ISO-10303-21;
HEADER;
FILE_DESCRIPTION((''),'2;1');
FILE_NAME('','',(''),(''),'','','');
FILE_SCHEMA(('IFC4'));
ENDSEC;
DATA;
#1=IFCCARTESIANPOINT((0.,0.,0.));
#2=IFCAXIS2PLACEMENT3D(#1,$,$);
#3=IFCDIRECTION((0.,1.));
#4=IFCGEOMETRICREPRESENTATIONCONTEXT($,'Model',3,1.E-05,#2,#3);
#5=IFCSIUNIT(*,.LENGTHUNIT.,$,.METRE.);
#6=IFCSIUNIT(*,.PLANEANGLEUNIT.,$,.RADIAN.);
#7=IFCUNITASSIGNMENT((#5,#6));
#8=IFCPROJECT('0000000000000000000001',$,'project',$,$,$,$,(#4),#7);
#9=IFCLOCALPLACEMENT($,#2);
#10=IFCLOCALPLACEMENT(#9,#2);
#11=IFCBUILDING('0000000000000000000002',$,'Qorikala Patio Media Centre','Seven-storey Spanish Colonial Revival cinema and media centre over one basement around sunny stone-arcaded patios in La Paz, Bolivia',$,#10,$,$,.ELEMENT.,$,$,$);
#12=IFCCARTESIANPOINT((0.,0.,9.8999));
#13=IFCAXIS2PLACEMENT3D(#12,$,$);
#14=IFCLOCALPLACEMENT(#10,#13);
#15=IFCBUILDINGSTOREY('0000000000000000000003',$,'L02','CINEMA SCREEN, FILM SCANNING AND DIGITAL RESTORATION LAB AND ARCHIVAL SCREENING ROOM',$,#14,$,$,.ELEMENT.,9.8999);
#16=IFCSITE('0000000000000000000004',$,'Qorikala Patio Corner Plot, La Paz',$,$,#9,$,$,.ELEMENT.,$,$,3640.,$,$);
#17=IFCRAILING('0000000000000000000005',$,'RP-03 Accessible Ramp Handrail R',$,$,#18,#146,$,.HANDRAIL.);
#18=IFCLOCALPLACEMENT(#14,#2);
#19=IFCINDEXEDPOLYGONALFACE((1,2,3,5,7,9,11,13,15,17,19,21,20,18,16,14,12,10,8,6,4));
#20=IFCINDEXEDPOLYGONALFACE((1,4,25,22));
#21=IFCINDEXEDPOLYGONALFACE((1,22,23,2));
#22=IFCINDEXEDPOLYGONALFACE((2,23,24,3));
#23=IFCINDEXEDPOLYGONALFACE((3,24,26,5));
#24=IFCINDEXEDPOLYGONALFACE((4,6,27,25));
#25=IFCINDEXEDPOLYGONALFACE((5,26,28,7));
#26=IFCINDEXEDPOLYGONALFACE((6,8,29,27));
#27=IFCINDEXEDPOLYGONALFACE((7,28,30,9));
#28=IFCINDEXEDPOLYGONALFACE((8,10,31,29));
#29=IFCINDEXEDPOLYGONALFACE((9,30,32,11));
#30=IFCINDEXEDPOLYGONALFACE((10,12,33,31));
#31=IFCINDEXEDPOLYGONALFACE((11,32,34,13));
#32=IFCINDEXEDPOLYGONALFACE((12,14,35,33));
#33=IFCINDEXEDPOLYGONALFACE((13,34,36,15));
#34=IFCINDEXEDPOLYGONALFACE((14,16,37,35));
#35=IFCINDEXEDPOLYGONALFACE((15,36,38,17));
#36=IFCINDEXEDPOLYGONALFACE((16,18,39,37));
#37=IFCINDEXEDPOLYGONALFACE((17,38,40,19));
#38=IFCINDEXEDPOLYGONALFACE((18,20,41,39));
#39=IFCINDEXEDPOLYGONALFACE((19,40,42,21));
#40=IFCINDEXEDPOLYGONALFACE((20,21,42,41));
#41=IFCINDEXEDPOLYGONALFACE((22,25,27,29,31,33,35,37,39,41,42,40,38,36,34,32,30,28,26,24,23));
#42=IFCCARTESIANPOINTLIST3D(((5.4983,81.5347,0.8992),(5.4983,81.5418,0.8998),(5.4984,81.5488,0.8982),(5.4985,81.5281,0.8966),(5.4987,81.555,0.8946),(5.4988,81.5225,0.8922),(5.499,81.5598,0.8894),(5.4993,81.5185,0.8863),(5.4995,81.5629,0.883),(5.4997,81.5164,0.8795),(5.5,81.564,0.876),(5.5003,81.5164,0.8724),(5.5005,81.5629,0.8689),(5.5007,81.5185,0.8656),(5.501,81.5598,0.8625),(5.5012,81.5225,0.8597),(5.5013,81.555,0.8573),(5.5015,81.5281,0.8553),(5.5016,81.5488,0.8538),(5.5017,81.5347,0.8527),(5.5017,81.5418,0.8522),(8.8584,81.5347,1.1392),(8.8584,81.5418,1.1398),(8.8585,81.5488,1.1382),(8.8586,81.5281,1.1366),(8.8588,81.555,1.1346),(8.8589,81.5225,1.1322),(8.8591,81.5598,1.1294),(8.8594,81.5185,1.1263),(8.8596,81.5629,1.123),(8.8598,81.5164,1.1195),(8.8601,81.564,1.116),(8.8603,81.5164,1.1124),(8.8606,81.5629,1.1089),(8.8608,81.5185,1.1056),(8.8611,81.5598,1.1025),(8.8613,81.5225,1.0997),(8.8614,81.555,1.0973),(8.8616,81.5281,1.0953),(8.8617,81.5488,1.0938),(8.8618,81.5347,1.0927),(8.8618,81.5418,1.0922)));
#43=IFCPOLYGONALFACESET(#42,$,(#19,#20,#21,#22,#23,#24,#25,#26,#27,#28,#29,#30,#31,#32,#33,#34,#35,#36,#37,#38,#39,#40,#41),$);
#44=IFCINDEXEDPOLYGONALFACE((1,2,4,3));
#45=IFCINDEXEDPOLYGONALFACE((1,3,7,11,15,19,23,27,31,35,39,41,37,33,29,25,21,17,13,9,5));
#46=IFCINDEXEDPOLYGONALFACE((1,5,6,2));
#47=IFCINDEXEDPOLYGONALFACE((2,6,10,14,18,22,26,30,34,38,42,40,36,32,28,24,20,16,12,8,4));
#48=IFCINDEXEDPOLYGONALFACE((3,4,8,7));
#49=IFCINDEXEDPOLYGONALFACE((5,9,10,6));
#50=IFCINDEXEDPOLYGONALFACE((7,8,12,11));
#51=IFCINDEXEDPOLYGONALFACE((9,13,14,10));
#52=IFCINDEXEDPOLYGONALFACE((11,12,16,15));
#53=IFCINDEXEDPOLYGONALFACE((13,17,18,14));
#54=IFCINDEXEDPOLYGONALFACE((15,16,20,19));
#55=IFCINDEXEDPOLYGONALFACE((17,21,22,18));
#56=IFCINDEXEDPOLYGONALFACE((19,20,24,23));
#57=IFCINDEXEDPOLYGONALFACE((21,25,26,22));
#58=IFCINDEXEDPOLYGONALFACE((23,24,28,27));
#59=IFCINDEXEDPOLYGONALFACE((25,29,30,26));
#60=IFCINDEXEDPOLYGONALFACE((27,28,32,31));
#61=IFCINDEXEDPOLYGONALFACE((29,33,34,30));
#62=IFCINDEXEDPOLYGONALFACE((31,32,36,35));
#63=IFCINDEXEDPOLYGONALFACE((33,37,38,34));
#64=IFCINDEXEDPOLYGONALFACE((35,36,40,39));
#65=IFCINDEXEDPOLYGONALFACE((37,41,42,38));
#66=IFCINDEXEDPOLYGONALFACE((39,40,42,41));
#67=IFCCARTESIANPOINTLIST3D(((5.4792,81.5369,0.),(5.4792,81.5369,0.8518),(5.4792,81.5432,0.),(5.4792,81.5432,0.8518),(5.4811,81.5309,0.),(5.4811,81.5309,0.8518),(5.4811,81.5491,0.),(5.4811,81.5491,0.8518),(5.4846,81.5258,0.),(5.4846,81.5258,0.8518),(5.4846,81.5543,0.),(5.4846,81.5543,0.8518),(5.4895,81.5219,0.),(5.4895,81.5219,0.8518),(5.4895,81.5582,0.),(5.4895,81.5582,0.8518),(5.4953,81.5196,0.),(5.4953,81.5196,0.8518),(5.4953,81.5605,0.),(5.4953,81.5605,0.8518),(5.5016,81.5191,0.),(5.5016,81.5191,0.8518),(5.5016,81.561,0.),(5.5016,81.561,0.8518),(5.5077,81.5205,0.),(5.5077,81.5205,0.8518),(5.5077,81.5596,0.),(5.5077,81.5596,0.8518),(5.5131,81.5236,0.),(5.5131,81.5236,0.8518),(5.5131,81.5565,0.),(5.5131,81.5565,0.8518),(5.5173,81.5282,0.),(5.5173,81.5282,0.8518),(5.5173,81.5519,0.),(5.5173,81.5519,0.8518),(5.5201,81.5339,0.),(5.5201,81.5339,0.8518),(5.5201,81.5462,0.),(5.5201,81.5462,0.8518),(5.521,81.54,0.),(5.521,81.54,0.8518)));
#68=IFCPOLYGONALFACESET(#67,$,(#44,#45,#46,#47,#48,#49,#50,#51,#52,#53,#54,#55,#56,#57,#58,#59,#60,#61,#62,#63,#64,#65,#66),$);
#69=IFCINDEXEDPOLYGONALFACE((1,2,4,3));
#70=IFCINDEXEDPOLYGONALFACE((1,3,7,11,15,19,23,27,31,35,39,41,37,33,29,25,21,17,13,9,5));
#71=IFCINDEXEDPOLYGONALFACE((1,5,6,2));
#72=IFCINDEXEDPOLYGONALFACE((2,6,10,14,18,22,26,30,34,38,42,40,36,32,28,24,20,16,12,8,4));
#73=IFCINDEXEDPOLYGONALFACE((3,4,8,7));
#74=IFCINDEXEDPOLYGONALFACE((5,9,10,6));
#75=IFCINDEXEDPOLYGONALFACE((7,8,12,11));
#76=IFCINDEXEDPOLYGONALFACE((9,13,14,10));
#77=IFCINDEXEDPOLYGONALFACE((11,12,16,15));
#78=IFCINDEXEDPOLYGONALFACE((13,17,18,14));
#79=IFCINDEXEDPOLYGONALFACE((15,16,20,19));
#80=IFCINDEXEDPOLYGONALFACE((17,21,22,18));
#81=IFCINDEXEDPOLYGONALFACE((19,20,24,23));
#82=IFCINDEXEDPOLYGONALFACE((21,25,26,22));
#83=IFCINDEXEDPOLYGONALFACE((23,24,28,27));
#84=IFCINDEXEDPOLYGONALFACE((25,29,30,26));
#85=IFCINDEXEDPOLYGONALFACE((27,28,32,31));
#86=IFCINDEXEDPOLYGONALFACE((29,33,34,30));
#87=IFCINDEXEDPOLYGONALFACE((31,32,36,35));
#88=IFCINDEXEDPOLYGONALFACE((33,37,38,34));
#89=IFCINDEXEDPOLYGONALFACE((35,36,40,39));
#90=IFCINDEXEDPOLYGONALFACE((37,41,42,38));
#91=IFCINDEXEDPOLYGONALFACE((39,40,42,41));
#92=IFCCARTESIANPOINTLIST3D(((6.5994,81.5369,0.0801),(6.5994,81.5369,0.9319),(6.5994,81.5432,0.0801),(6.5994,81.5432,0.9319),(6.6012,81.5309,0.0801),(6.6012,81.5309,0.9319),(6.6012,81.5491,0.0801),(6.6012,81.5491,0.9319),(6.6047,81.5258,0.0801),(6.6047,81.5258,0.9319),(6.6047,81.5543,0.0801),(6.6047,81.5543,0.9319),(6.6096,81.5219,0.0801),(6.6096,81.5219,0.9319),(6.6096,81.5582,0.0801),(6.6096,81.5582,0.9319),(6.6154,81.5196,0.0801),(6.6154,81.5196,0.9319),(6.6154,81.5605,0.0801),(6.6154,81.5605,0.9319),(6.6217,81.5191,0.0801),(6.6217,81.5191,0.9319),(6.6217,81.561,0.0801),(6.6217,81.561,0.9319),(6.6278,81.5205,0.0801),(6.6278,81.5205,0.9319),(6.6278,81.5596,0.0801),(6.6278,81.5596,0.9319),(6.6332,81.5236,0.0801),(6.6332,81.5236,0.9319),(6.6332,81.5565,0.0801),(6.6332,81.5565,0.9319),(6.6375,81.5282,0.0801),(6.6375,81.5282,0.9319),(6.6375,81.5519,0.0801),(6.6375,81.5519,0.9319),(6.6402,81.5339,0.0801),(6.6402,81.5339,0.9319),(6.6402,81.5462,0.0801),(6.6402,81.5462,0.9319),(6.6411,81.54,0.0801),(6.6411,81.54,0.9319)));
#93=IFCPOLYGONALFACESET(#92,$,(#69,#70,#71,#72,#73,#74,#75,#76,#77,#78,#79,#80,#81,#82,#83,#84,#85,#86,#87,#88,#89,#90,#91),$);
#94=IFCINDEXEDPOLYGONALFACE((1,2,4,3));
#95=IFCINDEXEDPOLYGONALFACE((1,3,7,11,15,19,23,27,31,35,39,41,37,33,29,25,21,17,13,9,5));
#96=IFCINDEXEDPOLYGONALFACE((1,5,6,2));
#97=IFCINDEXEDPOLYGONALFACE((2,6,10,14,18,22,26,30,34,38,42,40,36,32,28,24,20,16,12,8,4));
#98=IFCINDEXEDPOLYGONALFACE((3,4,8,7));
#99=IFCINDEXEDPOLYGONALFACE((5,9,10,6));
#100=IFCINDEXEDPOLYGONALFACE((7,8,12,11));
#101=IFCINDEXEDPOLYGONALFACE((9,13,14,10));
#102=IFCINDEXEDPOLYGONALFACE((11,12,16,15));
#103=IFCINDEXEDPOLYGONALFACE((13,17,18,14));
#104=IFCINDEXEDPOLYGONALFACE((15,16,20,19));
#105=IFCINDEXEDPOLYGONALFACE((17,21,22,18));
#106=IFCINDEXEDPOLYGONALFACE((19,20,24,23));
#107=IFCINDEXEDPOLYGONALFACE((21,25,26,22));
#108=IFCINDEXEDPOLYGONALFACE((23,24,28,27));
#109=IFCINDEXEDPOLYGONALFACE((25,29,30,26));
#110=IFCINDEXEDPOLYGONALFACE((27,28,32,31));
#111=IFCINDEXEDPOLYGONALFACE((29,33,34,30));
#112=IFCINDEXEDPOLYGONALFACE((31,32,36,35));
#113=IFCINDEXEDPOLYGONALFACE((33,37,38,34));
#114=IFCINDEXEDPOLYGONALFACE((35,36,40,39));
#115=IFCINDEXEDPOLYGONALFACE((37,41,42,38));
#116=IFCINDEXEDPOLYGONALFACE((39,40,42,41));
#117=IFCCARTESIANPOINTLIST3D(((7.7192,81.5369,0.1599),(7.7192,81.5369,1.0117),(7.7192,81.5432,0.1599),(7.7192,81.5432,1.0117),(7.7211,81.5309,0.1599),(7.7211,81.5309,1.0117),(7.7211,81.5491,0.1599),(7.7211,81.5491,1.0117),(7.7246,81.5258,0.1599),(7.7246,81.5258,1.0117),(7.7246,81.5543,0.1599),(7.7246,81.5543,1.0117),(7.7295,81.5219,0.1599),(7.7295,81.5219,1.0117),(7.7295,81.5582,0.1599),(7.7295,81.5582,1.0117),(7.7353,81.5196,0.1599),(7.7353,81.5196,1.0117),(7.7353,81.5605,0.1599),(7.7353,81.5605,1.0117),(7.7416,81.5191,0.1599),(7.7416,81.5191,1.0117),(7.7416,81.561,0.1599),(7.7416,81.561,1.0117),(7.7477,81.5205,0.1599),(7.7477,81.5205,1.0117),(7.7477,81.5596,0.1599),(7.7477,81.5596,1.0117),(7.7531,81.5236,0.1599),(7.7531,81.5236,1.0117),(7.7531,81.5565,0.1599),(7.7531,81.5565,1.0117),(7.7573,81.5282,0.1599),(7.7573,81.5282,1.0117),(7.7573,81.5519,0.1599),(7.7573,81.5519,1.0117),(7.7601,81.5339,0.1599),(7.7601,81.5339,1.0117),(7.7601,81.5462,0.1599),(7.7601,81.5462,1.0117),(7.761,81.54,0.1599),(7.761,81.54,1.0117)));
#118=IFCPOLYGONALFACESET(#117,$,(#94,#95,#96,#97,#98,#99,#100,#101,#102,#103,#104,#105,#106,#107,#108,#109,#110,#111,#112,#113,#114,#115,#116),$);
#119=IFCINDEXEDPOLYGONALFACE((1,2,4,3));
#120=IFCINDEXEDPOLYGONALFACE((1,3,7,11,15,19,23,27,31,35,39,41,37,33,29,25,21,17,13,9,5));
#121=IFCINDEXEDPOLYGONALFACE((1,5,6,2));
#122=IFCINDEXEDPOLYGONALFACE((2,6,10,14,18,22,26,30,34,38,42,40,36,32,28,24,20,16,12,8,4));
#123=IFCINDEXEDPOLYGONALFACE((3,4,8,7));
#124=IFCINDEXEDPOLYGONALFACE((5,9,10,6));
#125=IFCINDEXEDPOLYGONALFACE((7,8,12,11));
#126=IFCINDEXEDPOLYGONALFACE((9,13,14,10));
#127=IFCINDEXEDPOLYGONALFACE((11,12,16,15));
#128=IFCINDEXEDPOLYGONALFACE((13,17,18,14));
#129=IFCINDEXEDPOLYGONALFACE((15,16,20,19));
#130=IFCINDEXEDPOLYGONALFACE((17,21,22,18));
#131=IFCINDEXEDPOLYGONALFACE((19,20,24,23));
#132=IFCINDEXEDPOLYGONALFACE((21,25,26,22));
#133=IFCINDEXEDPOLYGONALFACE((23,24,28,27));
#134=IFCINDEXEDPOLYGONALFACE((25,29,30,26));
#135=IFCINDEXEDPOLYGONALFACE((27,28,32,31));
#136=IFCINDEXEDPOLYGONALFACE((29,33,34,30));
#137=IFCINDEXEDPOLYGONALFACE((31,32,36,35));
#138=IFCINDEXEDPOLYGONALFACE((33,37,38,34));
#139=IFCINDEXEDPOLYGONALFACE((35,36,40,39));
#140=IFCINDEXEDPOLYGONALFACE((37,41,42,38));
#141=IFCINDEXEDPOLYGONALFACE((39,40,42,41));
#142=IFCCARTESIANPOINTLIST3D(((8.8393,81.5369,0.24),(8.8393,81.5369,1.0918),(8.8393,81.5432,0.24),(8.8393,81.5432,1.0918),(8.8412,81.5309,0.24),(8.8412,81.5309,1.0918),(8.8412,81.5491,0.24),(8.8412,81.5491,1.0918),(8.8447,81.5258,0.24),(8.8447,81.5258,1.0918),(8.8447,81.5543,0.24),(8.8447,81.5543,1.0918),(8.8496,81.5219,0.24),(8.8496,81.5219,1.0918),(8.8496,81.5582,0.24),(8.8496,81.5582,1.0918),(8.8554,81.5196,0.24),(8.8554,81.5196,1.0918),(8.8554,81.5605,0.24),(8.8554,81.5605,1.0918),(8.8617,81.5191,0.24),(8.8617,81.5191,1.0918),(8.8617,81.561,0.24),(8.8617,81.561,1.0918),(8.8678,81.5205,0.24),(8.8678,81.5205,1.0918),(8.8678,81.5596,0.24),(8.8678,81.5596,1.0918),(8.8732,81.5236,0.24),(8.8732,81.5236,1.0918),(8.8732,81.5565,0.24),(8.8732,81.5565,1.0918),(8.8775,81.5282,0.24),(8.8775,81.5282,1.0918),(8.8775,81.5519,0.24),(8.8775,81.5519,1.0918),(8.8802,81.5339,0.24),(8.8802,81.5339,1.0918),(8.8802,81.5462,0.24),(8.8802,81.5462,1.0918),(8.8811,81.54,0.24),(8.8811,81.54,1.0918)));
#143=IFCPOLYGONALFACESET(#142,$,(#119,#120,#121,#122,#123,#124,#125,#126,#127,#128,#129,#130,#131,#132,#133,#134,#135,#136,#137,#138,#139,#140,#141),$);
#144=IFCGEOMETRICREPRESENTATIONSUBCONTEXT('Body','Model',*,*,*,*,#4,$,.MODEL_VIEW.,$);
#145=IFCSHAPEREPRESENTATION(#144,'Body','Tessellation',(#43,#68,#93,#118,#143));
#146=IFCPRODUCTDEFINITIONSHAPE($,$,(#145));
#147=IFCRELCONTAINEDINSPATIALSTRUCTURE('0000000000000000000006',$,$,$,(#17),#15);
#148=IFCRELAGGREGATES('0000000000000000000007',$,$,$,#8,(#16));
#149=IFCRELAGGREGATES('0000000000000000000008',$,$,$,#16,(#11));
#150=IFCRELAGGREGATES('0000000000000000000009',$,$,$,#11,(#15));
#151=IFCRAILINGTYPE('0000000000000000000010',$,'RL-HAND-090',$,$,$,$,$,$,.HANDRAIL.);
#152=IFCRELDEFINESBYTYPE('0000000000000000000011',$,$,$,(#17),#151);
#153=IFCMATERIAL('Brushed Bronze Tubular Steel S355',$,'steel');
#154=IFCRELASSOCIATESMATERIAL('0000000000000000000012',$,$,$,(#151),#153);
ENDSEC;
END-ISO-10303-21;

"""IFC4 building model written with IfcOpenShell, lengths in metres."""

from ifc_helpers import new_model, si_unit, direction, frame, origin, origin_2d, place, context, subcontext, project, spatial, circle, extrude, material, type_object, element, save


model = new_model("IFC4")

# Units and contexts
model_context = context("Model", 3, precision=1e-05, world=origin(), true_north=direction((0.0, 1.0)))
body_context = subcontext(model_context, "Body", "Model", "MODEL_VIEW")
ifc_project = project(units=[si_unit("LENGTHUNIT", "METRE"), si_unit("PLANEANGLEUNIT", "RADIAN")], contexts=[model_context])

# Site, building, storey
site_placement = place(None, origin())
site = spatial("IfcSite", under=ifc_project, at=site_placement, Name="Qorikala Patio Corner Plot, La Paz", CompositionType="ELEMENT", RefElevation=3640.0)
building_placement = place(site_placement, origin())
building = spatial("IfcBuilding", under=site, at=building_placement, Name="Qorikala Patio Media Centre", Description="Seven-storey Spanish Colonial Revival cinema and media centre over one basement around sunny stone-arcaded patios in La Paz, Bolivia", CompositionType="ELEMENT")
storey_placement = place(building_placement, frame((0.0, 0.0, 9.8999)))
storey = spatial("IfcBuildingStorey", under=building, at=storey_placement, Name="L02", Description="CINEMA SCREEN, FILM SCANNING AND DIGITAL RESTORATION LAB AND ARCHIVAL SCREENING ROOM", CompositionType="ELEMENT", Elevation=9.8999)

# Railing
ifc_material_1 = material(Name="Brushed Bronze Tubular Steel S355", Category="steel")
railing_type = type_object("IfcRailingType", Name="RL-HAND-090", PredefinedType="HANDRAIL", material=ifc_material_1)
for number, where, name in (
    (1, (5.5, 81.54, 0.0), "RP-03 Accessible Ramp Handrail R"),
):
    element("IfcRailing", number, at=place(storey_placement, frame(where)), inside=storey, type_object=railing_type, Name=name, PredefinedType="HANDRAIL", context=body_context, shape_type="SweptSolid", body=[
        extrude(circle(Radius=0.0239, at=origin_2d()), frame((0.0, 0.0, 0.876), z_axis=(0.997459, 0.0, 0.071242), x_axis=(0.0, 1.0, 0.0)), (0.0, 0.0, 1.0), 3.3687),
        extrude(circle(Radius=0.021, at=origin_2d()), origin(), (0.0, 0.0, 1.0), 0.8518),
        extrude(circle(Radius=0.021, at=origin_2d()), frame((1.1201, 0.0, 0.0801)), (0.0, 0.0, 1.0), 0.8518),
        extrude(circle(Radius=0.021, at=origin_2d()), frame((2.24, 0.0, 0.1599)), (0.0, 0.0, 1.0), 0.8518),
        extrude(circle(Radius=0.021, at=origin_2d()), frame((3.3601, 0.0, 0.24)), (0.0, 0.0, 1.0), 0.8518),
    ])

save(model, "model.ifc")
